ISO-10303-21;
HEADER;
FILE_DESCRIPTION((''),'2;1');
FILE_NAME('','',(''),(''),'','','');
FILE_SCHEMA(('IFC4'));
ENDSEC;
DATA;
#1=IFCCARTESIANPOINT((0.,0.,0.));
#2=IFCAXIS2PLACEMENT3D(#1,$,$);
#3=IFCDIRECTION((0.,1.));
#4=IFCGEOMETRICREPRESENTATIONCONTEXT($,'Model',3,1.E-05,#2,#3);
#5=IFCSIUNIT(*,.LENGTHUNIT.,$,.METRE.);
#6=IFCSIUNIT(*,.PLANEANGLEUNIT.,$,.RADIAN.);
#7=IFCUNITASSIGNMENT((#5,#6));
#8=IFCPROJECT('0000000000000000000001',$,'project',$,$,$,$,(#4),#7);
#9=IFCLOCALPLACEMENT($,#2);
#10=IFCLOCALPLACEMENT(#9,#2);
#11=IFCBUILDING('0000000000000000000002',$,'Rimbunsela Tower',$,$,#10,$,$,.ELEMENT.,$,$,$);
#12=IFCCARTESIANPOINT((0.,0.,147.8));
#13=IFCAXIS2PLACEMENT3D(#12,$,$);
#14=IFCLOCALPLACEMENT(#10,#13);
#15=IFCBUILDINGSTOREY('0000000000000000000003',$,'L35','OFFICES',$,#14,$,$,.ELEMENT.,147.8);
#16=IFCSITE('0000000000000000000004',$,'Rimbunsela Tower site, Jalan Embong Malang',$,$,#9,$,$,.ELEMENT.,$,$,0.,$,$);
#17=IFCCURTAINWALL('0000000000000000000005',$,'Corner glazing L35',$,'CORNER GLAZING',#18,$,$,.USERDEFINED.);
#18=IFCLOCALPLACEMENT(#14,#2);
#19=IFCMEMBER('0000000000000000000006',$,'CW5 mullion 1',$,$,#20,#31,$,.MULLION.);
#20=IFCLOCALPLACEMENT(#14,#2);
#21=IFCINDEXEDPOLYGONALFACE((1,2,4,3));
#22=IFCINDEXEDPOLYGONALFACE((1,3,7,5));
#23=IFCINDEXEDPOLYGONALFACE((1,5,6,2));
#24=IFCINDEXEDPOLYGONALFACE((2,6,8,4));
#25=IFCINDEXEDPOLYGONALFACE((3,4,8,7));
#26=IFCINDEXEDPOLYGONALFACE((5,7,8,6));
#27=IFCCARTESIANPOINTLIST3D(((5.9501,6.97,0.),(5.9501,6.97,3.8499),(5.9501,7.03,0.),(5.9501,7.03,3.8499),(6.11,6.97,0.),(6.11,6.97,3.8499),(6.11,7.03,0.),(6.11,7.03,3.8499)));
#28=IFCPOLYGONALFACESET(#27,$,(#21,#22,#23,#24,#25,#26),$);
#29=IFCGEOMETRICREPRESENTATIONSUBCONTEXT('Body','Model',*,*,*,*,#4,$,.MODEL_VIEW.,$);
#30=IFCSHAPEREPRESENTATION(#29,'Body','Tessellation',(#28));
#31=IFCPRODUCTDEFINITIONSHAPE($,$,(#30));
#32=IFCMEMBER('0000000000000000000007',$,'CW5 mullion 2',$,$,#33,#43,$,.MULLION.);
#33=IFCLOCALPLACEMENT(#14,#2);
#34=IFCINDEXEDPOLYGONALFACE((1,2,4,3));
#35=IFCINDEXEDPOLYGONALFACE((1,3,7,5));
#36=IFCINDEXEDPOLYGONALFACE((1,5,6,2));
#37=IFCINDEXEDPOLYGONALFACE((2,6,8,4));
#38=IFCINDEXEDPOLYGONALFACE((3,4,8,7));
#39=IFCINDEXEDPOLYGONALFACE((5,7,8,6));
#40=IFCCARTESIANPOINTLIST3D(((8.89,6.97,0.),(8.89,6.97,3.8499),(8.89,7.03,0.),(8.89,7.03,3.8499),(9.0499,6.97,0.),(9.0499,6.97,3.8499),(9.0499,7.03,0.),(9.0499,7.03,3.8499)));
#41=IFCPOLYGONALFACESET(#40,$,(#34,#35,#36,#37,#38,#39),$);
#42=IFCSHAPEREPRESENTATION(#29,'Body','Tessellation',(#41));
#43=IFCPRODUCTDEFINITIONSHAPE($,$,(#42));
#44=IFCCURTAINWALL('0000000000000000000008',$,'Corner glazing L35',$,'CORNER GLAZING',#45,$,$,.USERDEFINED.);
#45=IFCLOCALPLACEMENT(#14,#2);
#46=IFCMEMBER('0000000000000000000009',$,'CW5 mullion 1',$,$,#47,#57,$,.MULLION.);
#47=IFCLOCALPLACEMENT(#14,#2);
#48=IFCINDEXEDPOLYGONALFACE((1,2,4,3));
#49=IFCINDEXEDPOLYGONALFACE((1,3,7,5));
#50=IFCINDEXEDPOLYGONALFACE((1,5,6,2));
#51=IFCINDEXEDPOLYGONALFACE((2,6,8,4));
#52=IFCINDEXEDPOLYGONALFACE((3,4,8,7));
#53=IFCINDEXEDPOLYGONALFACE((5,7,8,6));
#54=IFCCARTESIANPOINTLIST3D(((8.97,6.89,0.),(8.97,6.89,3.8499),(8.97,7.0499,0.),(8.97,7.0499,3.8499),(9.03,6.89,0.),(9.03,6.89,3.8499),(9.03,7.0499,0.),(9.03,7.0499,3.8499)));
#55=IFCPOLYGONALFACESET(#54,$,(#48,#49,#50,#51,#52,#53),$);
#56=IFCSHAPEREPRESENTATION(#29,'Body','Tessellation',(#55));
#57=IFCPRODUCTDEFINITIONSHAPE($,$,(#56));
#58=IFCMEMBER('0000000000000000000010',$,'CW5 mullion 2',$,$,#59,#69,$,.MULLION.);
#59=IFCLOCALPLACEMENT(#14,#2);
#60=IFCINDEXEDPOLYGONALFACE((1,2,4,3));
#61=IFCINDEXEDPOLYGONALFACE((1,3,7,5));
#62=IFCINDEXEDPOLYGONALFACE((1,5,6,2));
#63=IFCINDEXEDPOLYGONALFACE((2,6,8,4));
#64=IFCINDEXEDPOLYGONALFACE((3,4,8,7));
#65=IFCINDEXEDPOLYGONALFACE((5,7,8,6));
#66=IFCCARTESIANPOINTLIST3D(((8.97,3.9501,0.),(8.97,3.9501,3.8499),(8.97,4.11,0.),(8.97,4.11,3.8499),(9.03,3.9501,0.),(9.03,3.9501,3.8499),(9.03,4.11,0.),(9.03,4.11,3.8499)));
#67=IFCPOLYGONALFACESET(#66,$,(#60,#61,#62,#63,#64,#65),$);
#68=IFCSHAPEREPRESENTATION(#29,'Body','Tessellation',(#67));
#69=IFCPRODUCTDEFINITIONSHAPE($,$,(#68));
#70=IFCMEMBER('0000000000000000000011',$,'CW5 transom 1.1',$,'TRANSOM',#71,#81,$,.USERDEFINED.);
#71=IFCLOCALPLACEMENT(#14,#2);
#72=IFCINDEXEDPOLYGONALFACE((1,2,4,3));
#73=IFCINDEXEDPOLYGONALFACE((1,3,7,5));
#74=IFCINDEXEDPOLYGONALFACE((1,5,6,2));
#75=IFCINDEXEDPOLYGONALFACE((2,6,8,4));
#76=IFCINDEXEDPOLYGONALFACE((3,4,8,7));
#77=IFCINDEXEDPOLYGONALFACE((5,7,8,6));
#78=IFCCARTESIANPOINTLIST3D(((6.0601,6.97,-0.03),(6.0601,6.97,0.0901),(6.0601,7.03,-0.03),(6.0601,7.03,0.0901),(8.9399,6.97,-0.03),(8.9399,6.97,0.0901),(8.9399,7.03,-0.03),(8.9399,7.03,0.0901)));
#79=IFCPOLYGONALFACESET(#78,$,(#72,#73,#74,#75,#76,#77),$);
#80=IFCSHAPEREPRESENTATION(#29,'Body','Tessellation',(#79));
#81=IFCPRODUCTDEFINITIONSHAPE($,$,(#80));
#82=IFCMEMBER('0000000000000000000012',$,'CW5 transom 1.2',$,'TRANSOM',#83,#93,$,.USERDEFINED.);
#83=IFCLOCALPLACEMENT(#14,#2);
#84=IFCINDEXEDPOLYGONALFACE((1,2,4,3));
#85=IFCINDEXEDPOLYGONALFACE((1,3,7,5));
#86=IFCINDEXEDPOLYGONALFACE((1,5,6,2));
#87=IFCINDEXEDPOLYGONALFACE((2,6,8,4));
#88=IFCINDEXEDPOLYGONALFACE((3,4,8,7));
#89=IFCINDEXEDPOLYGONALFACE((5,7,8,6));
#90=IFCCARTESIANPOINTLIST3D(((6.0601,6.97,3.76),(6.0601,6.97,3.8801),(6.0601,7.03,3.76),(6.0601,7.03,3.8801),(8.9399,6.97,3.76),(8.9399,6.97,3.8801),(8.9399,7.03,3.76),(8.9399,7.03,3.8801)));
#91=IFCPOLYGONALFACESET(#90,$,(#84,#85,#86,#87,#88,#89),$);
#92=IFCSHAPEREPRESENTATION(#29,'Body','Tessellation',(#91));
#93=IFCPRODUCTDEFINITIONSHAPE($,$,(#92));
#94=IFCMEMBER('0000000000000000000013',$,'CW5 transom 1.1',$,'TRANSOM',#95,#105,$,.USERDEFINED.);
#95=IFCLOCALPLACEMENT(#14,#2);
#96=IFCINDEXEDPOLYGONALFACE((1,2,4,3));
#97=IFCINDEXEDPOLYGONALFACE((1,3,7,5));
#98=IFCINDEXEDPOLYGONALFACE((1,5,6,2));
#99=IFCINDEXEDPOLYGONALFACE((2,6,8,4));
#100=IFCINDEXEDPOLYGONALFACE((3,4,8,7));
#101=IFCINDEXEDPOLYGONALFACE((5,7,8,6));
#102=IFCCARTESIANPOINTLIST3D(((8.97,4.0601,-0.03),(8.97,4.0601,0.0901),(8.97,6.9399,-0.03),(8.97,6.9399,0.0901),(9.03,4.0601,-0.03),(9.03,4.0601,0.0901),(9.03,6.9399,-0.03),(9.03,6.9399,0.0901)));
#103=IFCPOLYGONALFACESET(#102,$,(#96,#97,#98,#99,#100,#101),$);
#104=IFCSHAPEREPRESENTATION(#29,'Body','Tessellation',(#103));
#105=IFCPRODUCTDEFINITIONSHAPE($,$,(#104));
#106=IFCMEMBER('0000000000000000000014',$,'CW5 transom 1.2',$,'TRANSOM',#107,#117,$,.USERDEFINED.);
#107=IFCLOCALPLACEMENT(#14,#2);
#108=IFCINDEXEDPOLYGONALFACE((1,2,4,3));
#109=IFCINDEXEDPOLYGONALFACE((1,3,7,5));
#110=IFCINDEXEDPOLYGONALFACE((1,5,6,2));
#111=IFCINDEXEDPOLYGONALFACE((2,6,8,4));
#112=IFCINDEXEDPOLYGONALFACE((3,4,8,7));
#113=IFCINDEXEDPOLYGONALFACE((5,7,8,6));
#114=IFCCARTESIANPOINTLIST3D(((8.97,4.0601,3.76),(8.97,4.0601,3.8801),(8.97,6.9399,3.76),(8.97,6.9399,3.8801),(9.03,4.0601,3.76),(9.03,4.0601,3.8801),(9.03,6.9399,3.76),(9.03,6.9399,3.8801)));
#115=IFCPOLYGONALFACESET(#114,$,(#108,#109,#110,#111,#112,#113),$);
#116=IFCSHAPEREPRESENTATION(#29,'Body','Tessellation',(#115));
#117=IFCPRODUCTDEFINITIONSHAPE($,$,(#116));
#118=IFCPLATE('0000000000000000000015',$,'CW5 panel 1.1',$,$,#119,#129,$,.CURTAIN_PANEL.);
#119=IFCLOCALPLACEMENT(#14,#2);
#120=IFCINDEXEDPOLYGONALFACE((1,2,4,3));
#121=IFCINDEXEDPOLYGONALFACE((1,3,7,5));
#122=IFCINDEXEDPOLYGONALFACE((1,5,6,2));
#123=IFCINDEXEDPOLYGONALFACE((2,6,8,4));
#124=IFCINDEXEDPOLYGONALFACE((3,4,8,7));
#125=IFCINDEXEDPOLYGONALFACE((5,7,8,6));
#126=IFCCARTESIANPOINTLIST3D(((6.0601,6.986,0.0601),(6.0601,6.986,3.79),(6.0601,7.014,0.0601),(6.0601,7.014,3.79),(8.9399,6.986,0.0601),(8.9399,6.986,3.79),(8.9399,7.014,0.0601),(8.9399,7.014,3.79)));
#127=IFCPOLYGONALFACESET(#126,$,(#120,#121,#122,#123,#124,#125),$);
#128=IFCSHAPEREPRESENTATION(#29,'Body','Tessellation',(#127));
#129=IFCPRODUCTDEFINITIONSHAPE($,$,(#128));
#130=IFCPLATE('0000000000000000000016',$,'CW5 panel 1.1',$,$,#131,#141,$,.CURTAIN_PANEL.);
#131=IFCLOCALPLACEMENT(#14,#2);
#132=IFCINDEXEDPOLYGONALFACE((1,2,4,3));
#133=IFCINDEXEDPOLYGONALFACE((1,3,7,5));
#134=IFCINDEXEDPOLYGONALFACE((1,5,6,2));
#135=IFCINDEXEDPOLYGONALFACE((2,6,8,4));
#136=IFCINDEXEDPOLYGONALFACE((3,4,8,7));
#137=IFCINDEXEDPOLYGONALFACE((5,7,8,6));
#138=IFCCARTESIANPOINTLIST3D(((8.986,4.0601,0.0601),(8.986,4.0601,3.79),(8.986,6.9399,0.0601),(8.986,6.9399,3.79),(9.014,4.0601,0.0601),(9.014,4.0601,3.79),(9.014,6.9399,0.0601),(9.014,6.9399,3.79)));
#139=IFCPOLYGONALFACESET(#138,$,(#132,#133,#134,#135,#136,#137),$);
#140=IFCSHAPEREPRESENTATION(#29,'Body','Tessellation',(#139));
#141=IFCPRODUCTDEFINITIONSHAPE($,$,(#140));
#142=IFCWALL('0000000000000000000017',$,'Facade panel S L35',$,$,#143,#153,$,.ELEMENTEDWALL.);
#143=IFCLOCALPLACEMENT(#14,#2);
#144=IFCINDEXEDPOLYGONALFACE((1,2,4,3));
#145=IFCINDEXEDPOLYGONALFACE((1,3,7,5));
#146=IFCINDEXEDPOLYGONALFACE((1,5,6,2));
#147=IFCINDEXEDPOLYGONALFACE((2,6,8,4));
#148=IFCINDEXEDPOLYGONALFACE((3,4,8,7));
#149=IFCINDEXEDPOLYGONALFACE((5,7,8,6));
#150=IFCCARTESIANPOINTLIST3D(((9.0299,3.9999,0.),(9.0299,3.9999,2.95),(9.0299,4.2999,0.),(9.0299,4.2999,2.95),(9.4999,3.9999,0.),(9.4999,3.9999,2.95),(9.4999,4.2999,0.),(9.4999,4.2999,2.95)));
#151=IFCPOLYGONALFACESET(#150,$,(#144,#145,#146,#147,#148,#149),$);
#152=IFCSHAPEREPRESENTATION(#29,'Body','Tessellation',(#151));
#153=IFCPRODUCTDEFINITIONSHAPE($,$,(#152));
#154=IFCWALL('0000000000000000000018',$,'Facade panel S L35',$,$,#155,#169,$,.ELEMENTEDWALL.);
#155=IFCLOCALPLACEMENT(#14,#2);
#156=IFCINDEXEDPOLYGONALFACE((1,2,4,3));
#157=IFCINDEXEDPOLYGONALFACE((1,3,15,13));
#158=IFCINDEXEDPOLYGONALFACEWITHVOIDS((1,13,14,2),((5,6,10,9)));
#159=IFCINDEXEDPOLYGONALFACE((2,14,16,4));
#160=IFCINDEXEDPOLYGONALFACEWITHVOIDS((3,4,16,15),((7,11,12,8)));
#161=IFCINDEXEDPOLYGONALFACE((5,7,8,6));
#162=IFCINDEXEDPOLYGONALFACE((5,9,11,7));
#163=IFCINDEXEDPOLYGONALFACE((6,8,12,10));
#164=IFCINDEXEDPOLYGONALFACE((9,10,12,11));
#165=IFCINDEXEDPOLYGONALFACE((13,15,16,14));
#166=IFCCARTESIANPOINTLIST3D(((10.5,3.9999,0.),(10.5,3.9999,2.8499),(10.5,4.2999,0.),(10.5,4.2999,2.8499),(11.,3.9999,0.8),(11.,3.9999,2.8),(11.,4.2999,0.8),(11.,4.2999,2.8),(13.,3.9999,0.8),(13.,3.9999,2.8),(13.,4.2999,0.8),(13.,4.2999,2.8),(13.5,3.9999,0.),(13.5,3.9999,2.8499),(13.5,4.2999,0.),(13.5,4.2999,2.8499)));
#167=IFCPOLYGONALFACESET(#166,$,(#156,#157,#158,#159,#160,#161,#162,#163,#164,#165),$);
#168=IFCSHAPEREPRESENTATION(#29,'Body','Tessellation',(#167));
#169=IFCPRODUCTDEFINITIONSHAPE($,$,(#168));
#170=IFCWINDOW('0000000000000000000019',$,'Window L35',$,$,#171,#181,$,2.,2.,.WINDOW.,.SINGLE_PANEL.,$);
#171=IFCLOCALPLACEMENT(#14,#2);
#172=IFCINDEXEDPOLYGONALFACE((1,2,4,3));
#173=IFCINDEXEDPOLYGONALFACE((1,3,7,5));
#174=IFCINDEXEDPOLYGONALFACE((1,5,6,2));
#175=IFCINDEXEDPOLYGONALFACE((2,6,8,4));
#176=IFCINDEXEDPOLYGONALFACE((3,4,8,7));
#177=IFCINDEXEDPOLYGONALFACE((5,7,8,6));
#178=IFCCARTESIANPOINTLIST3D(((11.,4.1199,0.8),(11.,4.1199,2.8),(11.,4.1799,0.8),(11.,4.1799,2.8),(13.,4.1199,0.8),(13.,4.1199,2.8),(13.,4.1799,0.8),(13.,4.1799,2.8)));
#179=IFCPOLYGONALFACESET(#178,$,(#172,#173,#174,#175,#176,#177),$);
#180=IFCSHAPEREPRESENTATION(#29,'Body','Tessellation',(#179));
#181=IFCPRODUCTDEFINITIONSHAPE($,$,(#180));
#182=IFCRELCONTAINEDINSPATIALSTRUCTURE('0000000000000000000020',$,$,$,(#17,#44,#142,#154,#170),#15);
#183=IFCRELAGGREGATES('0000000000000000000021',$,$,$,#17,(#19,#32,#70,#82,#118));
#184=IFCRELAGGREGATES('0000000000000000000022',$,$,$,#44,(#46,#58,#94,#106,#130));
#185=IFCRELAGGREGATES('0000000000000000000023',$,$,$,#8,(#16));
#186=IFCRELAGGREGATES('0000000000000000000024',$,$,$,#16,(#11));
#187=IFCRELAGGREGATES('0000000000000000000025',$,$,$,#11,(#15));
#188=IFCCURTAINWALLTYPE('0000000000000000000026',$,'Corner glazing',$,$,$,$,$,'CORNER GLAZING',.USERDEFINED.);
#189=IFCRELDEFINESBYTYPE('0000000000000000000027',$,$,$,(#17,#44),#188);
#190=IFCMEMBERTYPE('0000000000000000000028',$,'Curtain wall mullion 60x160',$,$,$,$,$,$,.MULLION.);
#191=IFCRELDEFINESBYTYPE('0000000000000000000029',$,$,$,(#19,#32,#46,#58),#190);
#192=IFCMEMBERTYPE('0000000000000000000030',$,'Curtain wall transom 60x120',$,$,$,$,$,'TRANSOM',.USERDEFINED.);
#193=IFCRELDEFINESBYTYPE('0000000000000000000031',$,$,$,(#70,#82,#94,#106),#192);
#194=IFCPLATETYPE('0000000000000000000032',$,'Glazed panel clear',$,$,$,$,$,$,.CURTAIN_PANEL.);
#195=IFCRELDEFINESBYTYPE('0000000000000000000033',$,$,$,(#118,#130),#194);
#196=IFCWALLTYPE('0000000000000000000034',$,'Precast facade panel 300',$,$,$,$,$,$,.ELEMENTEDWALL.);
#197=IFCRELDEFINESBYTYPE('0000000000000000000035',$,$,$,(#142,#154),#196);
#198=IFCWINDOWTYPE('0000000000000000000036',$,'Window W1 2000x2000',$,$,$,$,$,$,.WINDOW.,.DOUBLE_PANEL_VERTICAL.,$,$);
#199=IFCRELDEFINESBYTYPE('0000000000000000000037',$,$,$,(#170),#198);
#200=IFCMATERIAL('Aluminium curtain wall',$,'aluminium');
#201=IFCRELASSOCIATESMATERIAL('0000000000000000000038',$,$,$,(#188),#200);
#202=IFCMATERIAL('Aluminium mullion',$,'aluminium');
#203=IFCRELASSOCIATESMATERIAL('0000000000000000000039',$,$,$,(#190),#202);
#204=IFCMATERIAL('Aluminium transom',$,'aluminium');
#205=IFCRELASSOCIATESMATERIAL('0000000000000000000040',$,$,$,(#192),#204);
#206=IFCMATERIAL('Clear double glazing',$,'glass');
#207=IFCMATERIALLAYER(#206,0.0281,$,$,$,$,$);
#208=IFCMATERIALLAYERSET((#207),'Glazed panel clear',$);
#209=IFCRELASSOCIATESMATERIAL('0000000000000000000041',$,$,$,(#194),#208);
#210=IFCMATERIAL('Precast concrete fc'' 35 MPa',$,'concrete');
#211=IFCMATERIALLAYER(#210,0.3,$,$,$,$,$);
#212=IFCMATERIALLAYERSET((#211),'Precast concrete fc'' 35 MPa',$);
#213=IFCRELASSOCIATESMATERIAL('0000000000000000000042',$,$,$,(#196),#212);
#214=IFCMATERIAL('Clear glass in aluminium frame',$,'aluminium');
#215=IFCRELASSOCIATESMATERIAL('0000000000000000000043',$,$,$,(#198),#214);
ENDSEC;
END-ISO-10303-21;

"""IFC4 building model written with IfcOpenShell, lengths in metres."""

from ifc_helpers import new_model, si_unit, direction, frame, frame_2d, origin, origin_2d, place, context, subcontext, project, spatial, rectangle, extrude, material, layer, layer_set, material_profile, profile_set, type_object, element, fill, aggregate, save


model = new_model("IFC4")

# Units and contexts
model_context = context("Model", 3, precision=1e-05, world=origin(), true_north=direction((0.0, 1.0)))
body_context = subcontext(model_context, "Body", "Model", "MODEL_VIEW")
ifc_project = project(units=[si_unit("LENGTHUNIT", "METRE"), si_unit("PLANEANGLEUNIT", "RADIAN")], contexts=[model_context])

# Site, building, storey
site_placement = place(None, origin())
site = spatial("IfcSite", under=ifc_project, at=site_placement, Name="Rimbunsela Tower site, Jalan Embong Malang", CompositionType="ELEMENT", RefElevation=0.0)
building_placement = place(site_placement, origin())
building = spatial("IfcBuilding", under=site, at=building_placement, Name="Rimbunsela Tower", CompositionType="ELEMENT")
storey_placement = place(building_placement, frame((0.0, 0.0, 147.8)))
storey = spatial("IfcBuildingStorey", under=building, at=storey_placement, Name="L35", Description="OFFICES", CompositionType="ELEMENT", Elevation=147.8)

# Curtain walls, members
ifc_material_1 = material(Name="Aluminium curtain wall", Category="aluminium")
curtain_wall_type = type_object("IfcCurtainWallType", Name="Corner glazing", ElementType="CORNER GLAZING", PredefinedType="USERDEFINED", material=ifc_material_1)
curtain_wall_1_placement = place(storey_placement, origin())
curtain_wall_1 = element("IfcCurtainWall", 1, at=curtain_wall_1_placement, inside=storey, type_object=curtain_wall_type, Name="Corner glazing L35", ObjectType="CORNER GLAZING", PredefinedType="USERDEFINED")
ifc_material_2 = material(Name="Aluminium mullion", Category="aluminium")
ifc_material_profile_1 = material_profile(ifc_material_2, rectangle(XDim=0.0601, YDim=0.1599, at=origin_2d()), Name="Mullion 60x160")
ifc_profile_set_1 = profile_set([ifc_material_profile_1], Name="Aluminium mullion")
member_type_1 = type_object("IfcMemberType", Name="Curtain wall mullion 60x160", PredefinedType="MULLION", material=ifc_profile_set_1)
member_1_placement = place(storey_placement, frame((6.03, 7.0, 0.0), z_axis=(0.0, 0.0, 1.0), x_axis=(0.0, 1.0, 0.0)))
member_1 = element("IfcMember", 2, at=member_1_placement, type_object=member_type_1, Name="CW5 mullion 1", PredefinedType="MULLION", context=body_context, shape_type="SweptSolid", body=[
    extrude(rectangle(XDim=0.0601, YDim=0.1599, at=origin_2d()), origin(), (0.0, 0.0, 1.0), 3.8499),
])
member_2_placement = place(storey_placement, frame((8.97, 7.0, 0.0), z_axis=(0.0, 0.0, 1.0), x_axis=(0.0, 1.0, 0.0)))
member_2 = element("IfcMember", 3, at=member_2_placement, type_object=member_type_1, Name="CW5 mullion 2", PredefinedType="MULLION", context=body_context, shape_type="SweptSolid", body=[
    extrude(rectangle(XDim=0.0601, YDim=0.1599, at=origin_2d()), origin(), (0.0, 0.0, 1.0), 3.8499),
])
curtain_wall_2_placement = place(storey_placement, origin())
curtain_wall_2 = element("IfcCurtainWall", 4, at=curtain_wall_2_placement, inside=storey, type_object=curtain_wall_type, Name="Corner glazing L35", ObjectType="CORNER GLAZING", PredefinedType="USERDEFINED")
member_3_placement = place(storey_placement, frame((9.0, 6.97, 0.0), z_axis=(0.0, 0.0, 1.0), x_axis=(1.0, 0.0, 0.0)))
member_3 = element("IfcMember", 5, at=member_3_placement, type_object=member_type_1, Name="CW5 mullion 1", PredefinedType="MULLION", context=body_context, shape_type="SweptSolid", body=[
    extrude(rectangle(XDim=0.0601, YDim=0.1599, at=origin_2d()), origin(), (0.0, 0.0, 1.0), 3.8499),
])
member_4_placement = place(storey_placement, frame((9.0, 4.03, 0.0), z_axis=(0.0, 0.0, 1.0), x_axis=(1.0, 0.0, 0.0)))
member_4 = element("IfcMember", 6, at=member_4_placement, type_object=member_type_1, Name="CW5 mullion 2", PredefinedType="MULLION", context=body_context, shape_type="SweptSolid", body=[
    extrude(rectangle(XDim=0.0601, YDim=0.1599, at=origin_2d()), origin(), (0.0, 0.0, 1.0), 3.8499),
])

# Members
ifc_material_3 = material(Name="Aluminium transom", Category="aluminium")
ifc_material_profile_2 = material_profile(ifc_material_3, rectangle(XDim=0.0601, YDim=0.1201, at=origin_2d()), Name="Transom 60x120")
ifc_profile_set_2 = profile_set([ifc_material_profile_2], Name="Aluminium transom")
member_type_2 = type_object("IfcMemberType", Name="Curtain wall transom 60x120", ElementType="TRANSOM", PredefinedType="USERDEFINED", material=ifc_profile_set_2)
member_5_placement = place(storey_placement, frame((6.0601, 7.0, 0.03), z_axis=(1.0, 0.0, 0.0), x_axis=(0.0, 1.0, 0.0)))
member_5 = element("IfcMember", 7, at=member_5_placement, type_object=member_type_2, Name="CW5 transom 1.1", ObjectType="TRANSOM", PredefinedType="USERDEFINED", context=body_context, shape_type="SweptSolid", body=[
    extrude(rectangle(XDim=0.0601, YDim=0.1201, at=origin_2d()), origin(), (0.0, 0.0, 1.0), 2.8799),
])
member_6_placement = place(storey_placement, frame((6.0601, 7.0, 3.8201), z_axis=(1.0, 0.0, 0.0), x_axis=(0.0, 1.0, 0.0)))
member_6 = element("IfcMember", 8, at=member_6_placement, type_object=member_type_2, Name="CW5 transom 1.2", ObjectType="TRANSOM", PredefinedType="USERDEFINED", context=body_context, shape_type="SweptSolid", body=[
    extrude(rectangle(XDim=0.0601, YDim=0.1201, at=origin_2d()), origin(), (0.0, 0.0, 1.0), 2.8799),
])
member_7_placement = place(storey_placement, frame((9.0, 6.9399, 0.03), z_axis=(0.0, -1.0, 0.0), x_axis=(1.0, 0.0, 0.0)))
member_7 = element("IfcMember", 9, at=member_7_placement, type_object=member_type_2, Name="CW5 transom 1.1", ObjectType="TRANSOM", PredefinedType="USERDEFINED", context=body_context, shape_type="SweptSolid", body=[
    extrude(rectangle(XDim=0.0601, YDim=0.1201, at=origin_2d()), origin(), (0.0, 0.0, 1.0), 2.8799),
])
member_8_placement = place(storey_placement, frame((9.0, 6.9399, 3.8201), z_axis=(0.0, -1.0, 0.0), x_axis=(1.0, 0.0, 0.0)))
member_8 = element("IfcMember", 10, at=member_8_placement, type_object=member_type_2, Name="CW5 transom 1.2", ObjectType="TRANSOM", PredefinedType="USERDEFINED", context=body_context, shape_type="SweptSolid", body=[
    extrude(rectangle(XDim=0.0601, YDim=0.1201, at=origin_2d()), origin(), (0.0, 0.0, 1.0), 2.8799),
])

# Plates
ifc_material_4 = material(Name="Clear double glazing", Category="glass")
ifc_layer_1 = layer(ifc_material_4, 0.0281)
ifc_layer_set_1 = layer_set([ifc_layer_1], Name="Glazed panel clear")
plate_type = type_object("IfcPlateType", Name="Glazed panel clear", PredefinedType="CURTAIN_PANEL", material=ifc_layer_set_1)
plate_1_placement = place(storey_placement, frame((7.5, 7.0, 0.0601), z_axis=(0.0, 0.0, 1.0), x_axis=(1.0, 0.0, 0.0)))
plate_1 = element("IfcPlate", 11, at=plate_1_placement, type_object=plate_type, Name="CW5 panel 1.1", PredefinedType="CURTAIN_PANEL", context=body_context, shape_type="SweptSolid", body=[
    extrude(rectangle(XDim=2.8799, YDim=0.0281, at=origin_2d()), origin(), (0.0, 0.0, 1.0), 3.73),
])
aggregate(curtain_wall_1, [member_1, member_2, member_5, member_6, plate_1])
plate_2_placement = place(storey_placement, frame((9.0, 5.5, 0.0601), z_axis=(0.0, 0.0, 1.0), x_axis=(0.0, -1.0, 0.0)))
plate_2 = element("IfcPlate", 12, at=plate_2_placement, type_object=plate_type, Name="CW5 panel 1.1", PredefinedType="CURTAIN_PANEL", context=body_context, shape_type="SweptSolid", body=[
    extrude(rectangle(XDim=2.8799, YDim=0.0281, at=origin_2d()), origin(), (0.0, 0.0, 1.0), 3.73),
])
aggregate(curtain_wall_2, [member_3, member_4, member_7, member_8, plate_2])

# Wall
ifc_material_5 = material(Name="Precast concrete fc' 35 MPa", Category="concrete")
ifc_layer_2 = layer(ifc_material_5, 0.3)
ifc_layer_set_2 = layer_set([ifc_layer_2], Name="Precast concrete fc' 35 MPa")
wall_type = type_object("IfcWallType", Name="Precast facade panel 300", PredefinedType="ELEMENTEDWALL", material=ifc_layer_set_2)
wall_1_placement = place(storey_placement, frame((9.03, 4.1499, 0.0), z_axis=(0.0, 0.0, 1.0), x_axis=(1.0, 0.0, 0.0)))
element("IfcWall", 13, at=wall_1_placement, inside=storey, type_object=wall_type, Name="Facade panel S L35", PredefinedType="ELEMENTEDWALL", context=body_context, shape_type="SweptSolid", body=[
    extrude(rectangle(XDim=0.47, YDim=0.3, at=frame_2d((0.2349, 0.0))), origin(), (0.0, 0.0, 1.0), 2.95),
])

# Wall, opening, window
wall_2_placement = place(storey_placement, frame((10.5, 4.1499, 0.0), z_axis=(0.0, 0.0, 1.0), x_axis=(1.0, 0.0, 0.0)))
wall_2 = element("IfcWall", 14, at=wall_2_placement, inside=storey, type_object=wall_type, Name="Facade panel S L35", PredefinedType="ELEMENTEDWALL", context=body_context, shape_type="SweptSolid", body=[
    extrude(rectangle(XDim=3.0, YDim=0.3, at=frame_2d((1.5, 0.0))), origin(), (0.0, 0.0, 1.0), 2.8499),
])
opening_1_placement = place(wall_2_placement, frame((0.5, 0.0, 0.8)))
opening_1 = element("IfcOpeningElement", 15, at=opening_1_placement, cuts=wall_2, PredefinedType="OPENING", context=body_context, shape_type="SweptSolid", body=[
    extrude(rectangle(XDim=2.0, YDim=2.0, at=frame_2d((1.0, 1.0))), frame((0.0, 0.1599, 0.0), z_axis=(0.0, -1.0, 0.0), x_axis=(1.0, 0.0, 0.0)), (0.0, 0.0, 1.0), 0.3201),
])
ifc_material_6 = material(Name="Clear glass in aluminium frame", Category="aluminium")
window_type = type_object("IfcWindowType", Name="Window W1 2000x2000", PartitioningType="DOUBLE_PANEL_VERTICAL", PredefinedType="WINDOW", material=ifc_material_6)
window_1_placement = place(opening_1_placement, origin())
window_1 = element("IfcWindow", 16, at=window_1_placement, inside=storey, type_object=window_type, Name="Window L35", OverallHeight=2.0, OverallWidth=2.0, PartitioningType="SINGLE_PANEL", PredefinedType="WINDOW", context=body_context, shape_type="SweptSolid", body=[
    extrude(rectangle(XDim=2.0, YDim=2.0, at=frame_2d((1.0, 1.0))), frame((0.0, 0.03, 0.0), z_axis=(0.0, -1.0, 0.0), x_axis=(1.0, 0.0, 0.0)), (0.0, 0.0, 1.0), 0.0601),
])
fill(opening_1, window_1)

save(model, "model.ifc")
